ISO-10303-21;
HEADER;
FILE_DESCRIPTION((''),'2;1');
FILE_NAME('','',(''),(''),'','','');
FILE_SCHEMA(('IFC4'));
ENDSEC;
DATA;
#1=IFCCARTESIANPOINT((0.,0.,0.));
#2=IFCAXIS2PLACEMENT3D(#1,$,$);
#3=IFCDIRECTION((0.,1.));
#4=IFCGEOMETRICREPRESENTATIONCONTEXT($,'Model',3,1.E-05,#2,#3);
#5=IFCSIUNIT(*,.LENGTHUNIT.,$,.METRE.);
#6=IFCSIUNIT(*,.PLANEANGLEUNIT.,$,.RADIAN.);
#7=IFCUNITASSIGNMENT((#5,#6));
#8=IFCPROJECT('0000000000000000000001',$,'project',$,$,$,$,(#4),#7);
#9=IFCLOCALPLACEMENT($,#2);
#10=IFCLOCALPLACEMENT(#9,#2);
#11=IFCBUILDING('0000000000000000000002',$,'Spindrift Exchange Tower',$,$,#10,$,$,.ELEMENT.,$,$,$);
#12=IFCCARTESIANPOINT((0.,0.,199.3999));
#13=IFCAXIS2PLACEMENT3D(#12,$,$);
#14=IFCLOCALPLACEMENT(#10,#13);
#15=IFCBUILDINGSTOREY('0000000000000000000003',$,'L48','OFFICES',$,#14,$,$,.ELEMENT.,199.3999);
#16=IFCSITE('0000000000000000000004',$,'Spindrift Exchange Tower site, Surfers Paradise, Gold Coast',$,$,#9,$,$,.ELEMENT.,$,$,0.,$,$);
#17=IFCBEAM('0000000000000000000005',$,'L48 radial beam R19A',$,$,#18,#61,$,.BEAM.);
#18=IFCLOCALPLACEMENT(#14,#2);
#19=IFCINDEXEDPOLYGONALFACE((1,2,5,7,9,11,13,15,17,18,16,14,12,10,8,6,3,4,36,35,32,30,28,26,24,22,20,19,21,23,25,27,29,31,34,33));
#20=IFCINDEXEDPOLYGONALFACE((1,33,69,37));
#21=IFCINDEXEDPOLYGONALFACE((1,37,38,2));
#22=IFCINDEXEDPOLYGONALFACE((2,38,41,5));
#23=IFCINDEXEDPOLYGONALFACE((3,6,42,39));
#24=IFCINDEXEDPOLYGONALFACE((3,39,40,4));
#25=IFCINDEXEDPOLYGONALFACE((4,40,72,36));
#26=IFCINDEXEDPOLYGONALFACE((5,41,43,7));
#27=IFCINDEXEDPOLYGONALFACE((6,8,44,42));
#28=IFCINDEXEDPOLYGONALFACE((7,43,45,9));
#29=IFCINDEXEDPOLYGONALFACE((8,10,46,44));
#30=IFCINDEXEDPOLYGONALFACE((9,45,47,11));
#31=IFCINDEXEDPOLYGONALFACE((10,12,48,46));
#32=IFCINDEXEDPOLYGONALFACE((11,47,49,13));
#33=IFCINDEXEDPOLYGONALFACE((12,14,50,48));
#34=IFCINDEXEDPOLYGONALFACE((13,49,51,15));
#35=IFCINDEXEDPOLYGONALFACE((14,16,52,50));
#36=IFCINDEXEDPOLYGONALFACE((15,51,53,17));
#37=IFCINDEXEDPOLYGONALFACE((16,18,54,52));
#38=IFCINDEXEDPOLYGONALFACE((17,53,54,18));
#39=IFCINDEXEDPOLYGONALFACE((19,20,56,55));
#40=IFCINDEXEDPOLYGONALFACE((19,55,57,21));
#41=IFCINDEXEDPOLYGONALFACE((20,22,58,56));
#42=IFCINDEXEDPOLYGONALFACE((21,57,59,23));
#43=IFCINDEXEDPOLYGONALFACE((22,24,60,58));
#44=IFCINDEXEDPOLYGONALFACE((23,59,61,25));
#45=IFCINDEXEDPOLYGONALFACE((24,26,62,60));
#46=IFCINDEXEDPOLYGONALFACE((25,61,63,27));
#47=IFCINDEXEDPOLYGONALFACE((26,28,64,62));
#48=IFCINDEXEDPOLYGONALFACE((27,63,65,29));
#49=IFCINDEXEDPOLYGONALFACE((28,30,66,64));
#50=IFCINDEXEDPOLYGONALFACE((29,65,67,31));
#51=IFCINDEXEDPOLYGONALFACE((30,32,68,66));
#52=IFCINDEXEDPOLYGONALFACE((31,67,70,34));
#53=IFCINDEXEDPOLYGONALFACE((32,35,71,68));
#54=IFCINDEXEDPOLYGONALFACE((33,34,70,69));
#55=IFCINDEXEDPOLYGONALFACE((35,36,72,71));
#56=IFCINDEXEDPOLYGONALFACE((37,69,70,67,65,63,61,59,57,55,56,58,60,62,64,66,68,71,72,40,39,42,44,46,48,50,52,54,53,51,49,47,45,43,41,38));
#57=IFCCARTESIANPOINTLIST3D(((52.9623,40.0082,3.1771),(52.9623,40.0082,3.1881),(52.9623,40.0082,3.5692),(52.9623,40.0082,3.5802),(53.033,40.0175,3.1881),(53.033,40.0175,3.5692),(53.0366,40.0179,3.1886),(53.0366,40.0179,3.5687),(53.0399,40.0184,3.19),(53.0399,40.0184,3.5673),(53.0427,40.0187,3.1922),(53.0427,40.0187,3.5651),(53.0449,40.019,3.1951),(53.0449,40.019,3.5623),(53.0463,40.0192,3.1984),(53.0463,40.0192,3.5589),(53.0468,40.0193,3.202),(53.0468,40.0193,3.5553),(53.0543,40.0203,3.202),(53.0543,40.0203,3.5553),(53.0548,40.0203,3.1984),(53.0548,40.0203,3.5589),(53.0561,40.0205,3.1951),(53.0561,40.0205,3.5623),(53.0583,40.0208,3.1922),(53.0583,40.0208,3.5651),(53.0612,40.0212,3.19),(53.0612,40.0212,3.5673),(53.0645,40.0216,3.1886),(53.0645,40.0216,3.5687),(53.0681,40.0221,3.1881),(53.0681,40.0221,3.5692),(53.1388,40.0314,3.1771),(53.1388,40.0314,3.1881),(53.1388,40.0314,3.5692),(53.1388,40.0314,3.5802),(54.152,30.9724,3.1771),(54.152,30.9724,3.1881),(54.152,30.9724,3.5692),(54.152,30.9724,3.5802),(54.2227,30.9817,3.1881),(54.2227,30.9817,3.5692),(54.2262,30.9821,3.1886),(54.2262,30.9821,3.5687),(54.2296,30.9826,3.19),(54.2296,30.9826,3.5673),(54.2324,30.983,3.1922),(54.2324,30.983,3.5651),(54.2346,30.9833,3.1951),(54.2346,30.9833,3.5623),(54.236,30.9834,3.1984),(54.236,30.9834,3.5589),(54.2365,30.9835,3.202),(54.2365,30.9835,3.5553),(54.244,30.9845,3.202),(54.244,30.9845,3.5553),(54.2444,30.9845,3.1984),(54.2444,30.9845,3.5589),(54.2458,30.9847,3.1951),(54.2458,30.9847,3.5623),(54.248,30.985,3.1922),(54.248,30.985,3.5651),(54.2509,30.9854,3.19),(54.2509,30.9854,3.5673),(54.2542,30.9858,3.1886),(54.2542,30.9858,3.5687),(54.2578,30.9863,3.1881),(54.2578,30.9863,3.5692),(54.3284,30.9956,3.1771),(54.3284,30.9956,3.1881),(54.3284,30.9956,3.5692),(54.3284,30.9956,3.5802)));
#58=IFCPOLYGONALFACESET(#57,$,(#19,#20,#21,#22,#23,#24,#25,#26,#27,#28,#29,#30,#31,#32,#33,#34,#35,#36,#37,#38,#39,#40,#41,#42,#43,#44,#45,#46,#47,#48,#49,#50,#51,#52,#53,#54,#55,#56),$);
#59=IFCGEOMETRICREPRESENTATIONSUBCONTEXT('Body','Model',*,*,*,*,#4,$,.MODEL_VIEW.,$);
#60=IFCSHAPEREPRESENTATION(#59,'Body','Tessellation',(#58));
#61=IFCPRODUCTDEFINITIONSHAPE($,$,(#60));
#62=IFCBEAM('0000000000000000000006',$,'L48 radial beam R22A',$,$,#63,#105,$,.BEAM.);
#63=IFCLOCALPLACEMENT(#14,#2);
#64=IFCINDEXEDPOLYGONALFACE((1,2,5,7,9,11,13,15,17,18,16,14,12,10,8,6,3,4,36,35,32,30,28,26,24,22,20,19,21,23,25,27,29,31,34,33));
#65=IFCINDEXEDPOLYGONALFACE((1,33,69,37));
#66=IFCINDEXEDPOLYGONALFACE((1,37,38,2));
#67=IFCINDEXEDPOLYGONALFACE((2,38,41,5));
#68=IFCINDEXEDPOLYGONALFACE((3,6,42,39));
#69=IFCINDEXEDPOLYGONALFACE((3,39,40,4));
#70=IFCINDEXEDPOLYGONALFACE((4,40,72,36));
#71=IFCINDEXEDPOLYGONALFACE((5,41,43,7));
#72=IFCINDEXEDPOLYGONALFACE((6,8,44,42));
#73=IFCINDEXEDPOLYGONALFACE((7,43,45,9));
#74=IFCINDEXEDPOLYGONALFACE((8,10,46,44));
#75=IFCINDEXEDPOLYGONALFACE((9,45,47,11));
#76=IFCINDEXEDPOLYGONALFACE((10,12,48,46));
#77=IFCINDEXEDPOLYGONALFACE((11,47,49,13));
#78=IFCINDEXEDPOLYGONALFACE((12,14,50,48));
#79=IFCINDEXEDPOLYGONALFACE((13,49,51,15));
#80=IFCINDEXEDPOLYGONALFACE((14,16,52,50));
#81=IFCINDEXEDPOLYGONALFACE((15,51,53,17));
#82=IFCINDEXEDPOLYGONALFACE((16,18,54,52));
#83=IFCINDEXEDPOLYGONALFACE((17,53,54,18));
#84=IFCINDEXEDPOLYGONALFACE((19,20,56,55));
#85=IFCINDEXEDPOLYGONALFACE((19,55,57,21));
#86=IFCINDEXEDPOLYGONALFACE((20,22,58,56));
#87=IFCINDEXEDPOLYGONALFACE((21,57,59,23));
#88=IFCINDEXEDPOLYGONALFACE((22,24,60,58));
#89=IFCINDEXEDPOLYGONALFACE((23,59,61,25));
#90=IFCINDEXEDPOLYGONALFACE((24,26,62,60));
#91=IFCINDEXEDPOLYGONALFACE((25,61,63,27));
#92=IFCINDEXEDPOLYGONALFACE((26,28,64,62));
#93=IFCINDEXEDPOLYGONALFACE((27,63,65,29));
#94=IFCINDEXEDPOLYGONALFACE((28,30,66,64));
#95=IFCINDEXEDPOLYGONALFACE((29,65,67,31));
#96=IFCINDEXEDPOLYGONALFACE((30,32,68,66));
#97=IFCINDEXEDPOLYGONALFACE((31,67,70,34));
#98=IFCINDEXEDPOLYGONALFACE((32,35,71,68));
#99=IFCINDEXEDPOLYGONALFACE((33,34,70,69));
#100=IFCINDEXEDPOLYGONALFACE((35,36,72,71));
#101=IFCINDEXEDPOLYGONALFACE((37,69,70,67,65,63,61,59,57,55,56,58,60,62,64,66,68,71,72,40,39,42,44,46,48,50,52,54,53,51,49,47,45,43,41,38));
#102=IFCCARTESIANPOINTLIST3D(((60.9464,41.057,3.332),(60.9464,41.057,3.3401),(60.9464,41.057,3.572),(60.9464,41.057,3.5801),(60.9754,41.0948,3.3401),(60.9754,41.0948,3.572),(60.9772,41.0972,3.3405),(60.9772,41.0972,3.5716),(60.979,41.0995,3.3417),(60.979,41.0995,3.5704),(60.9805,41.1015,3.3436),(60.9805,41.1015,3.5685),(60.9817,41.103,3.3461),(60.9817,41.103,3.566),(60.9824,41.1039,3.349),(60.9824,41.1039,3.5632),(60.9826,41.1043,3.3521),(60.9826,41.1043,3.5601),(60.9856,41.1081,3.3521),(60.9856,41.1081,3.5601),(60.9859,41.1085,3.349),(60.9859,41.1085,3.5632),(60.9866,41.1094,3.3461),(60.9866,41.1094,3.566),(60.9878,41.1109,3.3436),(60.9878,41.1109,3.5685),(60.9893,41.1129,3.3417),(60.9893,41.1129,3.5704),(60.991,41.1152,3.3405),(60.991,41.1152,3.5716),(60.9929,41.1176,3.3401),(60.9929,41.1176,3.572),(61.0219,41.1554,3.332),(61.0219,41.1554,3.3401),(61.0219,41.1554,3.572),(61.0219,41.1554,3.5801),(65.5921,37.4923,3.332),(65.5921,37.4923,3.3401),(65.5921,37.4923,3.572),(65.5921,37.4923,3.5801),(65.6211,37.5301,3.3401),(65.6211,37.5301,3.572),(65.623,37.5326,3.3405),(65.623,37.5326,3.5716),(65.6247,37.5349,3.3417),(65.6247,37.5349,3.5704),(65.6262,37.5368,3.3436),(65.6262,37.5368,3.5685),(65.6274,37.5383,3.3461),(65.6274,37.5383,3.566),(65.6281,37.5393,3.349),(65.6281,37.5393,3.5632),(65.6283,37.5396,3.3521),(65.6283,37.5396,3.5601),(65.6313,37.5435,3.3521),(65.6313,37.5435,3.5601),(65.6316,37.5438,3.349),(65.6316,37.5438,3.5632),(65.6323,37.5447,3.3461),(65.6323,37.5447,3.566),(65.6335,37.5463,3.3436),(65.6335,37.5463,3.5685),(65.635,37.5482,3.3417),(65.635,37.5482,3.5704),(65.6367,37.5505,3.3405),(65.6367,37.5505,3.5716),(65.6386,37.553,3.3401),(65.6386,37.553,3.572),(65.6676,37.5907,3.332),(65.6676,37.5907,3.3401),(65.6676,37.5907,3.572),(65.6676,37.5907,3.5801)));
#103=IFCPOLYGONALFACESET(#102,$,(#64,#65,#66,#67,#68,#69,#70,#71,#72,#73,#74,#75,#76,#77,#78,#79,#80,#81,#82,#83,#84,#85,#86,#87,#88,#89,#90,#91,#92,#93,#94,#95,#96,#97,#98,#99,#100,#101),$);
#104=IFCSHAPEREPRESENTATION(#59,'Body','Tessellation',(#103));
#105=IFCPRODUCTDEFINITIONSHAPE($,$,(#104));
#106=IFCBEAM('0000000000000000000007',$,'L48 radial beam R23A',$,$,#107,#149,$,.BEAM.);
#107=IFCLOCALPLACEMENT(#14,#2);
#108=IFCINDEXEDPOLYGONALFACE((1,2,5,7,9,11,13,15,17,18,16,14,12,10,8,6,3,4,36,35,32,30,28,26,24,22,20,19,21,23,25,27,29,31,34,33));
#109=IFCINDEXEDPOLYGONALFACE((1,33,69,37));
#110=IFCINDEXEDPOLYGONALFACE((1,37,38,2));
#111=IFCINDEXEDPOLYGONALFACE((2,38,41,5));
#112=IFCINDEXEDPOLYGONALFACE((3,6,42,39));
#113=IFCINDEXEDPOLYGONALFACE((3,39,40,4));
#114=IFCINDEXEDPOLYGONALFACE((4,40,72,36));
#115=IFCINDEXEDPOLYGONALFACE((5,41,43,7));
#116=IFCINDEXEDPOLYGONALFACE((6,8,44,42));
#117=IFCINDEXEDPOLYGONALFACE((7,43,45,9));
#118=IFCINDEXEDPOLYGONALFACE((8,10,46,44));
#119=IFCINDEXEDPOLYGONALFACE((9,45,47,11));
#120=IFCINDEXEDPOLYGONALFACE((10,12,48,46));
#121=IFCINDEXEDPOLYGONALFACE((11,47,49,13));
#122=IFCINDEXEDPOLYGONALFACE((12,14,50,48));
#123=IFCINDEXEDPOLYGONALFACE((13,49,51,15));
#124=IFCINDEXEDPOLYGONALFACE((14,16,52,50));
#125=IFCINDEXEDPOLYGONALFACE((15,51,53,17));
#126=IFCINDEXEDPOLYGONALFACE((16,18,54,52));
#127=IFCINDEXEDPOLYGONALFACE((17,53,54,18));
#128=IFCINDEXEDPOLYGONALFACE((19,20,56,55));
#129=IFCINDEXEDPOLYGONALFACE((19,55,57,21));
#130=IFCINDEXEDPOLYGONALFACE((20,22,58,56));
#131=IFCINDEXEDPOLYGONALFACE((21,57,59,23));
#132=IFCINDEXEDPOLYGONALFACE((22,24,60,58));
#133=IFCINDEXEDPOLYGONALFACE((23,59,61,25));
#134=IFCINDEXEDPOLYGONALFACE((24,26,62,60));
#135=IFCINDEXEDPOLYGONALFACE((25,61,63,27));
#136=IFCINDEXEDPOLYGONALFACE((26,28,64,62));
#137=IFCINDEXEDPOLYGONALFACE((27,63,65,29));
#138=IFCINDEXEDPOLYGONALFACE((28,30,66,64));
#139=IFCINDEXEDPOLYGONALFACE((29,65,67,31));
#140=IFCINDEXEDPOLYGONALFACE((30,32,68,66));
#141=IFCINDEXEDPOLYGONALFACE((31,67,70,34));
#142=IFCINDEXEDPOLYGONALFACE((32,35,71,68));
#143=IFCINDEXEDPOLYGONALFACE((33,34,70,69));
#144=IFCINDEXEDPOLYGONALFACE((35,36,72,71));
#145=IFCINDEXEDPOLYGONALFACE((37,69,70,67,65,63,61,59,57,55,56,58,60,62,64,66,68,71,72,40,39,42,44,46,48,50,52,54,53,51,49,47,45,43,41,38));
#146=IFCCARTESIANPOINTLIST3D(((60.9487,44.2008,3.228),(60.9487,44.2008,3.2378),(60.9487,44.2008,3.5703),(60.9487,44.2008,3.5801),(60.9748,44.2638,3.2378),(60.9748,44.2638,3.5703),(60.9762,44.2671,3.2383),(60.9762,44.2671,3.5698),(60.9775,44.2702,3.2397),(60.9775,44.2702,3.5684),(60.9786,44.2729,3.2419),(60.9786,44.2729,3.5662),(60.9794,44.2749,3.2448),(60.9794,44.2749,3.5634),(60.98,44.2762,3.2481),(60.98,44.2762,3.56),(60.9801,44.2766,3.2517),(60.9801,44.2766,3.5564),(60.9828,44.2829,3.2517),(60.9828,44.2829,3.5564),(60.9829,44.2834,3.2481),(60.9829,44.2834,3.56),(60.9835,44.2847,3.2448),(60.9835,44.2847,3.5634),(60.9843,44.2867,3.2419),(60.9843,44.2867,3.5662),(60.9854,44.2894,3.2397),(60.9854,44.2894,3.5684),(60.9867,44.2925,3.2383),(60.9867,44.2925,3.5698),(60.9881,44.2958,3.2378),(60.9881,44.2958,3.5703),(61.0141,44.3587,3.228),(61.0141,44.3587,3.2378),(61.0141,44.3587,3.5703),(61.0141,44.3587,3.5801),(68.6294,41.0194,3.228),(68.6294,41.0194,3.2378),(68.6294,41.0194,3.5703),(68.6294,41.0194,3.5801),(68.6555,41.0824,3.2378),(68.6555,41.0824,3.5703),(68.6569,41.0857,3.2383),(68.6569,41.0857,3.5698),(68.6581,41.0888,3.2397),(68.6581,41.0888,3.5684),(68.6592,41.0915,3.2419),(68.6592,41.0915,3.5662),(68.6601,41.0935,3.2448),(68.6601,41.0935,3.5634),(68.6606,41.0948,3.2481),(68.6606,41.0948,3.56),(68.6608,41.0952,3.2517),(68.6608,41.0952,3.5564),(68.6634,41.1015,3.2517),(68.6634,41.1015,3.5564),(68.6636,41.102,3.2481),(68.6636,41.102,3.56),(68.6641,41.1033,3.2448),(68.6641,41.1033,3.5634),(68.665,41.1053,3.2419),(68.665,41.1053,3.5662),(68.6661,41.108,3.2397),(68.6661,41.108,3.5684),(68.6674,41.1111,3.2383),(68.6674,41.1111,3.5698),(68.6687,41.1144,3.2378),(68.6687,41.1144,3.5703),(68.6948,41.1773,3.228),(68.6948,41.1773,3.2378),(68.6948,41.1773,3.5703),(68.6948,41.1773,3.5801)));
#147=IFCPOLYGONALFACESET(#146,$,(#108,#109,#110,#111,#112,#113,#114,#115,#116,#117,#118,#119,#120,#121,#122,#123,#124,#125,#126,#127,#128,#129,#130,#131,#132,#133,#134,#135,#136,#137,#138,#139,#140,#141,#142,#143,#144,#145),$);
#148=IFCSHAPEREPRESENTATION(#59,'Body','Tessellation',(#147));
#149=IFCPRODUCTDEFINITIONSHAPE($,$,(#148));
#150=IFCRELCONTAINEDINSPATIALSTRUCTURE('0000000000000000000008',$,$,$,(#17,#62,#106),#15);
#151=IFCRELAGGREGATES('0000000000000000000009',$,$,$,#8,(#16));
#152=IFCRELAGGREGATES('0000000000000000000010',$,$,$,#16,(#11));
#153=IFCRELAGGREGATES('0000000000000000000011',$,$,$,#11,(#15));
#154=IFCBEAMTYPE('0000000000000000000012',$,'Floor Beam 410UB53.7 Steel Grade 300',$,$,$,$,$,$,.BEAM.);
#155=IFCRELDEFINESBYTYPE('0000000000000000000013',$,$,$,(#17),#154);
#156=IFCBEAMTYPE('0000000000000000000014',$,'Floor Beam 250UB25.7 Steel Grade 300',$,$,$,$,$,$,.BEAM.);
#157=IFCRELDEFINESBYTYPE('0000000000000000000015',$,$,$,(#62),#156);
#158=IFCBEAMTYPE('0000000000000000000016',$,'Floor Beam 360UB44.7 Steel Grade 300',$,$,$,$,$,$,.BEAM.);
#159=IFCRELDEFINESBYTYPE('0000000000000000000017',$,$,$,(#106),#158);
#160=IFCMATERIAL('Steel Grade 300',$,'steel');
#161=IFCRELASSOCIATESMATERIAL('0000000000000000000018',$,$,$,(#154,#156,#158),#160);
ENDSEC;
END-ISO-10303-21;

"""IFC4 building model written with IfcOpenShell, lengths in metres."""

from ifc_helpers import new_model, si_unit, direction, frame, origin, origin_2d, place, context, subcontext, project, spatial, i_section, extrude, source, transform, mapped, material, material_profile, profile_set, type_object, element, save


model = new_model("IFC4")

# Units and contexts
model_context = context("Model", 3, precision=1e-05, world=origin(), true_north=direction((0.0, 1.0)))
body_context = subcontext(model_context, "Body", "Model", "MODEL_VIEW")
ifc_project = project(units=[si_unit("LENGTHUNIT", "METRE"), si_unit("PLANEANGLEUNIT", "RADIAN")], contexts=[model_context])

# Site, building, storey
site_placement = place(None, origin())
site = spatial("IfcSite", under=ifc_project, at=site_placement, Name="Spindrift Exchange Tower site, Surfers Paradise, Gold Coast", CompositionType="ELEMENT", RefElevation=0.0)
building_placement = place(site_placement, origin())
building = spatial("IfcBuilding", under=site, at=building_placement, Name="Spindrift Exchange Tower", CompositionType="ELEMENT")
storey_placement = place(building_placement, frame((0.0, 0.0, 199.3999)))
storey = spatial("IfcBuildingStorey", under=building, at=storey_placement, Name="L48", Description="OFFICES", CompositionType="ELEMENT", Elevation=199.3999)

# Beams
ifc_material_1 = material(Name="Steel Grade 300", Category="steel")
ifc_material_profile_1 = material_profile(ifc_material_1, i_section(OverallWidth=0.178, OverallDepth=0.4031, WebThickness=0.0076, FlangeThickness=0.011, FilletRadius=0.0139, at=origin_2d()), Name="410UB53.7")
ifc_profile_set_1 = profile_set([ifc_material_profile_1], Name="Steel Grade 300")
beam_type_1 = type_object("IfcBeamType", Name="Floor Beam 410UB53.7 Steel Grade 300", PredefinedType="BEAM", material=ifc_profile_set_1)
shared_shape_1 = source(origin(), body_context, "Body", "SweptSolid", [
    extrude(i_section(OverallWidth=0.178, OverallDepth=0.4031, WebThickness=0.0076, FlangeThickness=0.011, FilletRadius=0.0139, at=origin_2d()), origin(), (0.0, 0.0, 1.0), 9.1138),
])
beam_1_placement = place(storey_placement, frame((53.0505, 40.0198, 3.3787), z_axis=(0.130537, -0.991443, 0.0), x_axis=(0.991443, 0.130537, 0.0)))
element("IfcBeam", 1, at=beam_1_placement, inside=storey, type_object=beam_type_1, Name="L48 radial beam R19A", PredefinedType="BEAM", context=body_context, shape_type="MappedRepresentation", body=[
    mapped(shared_shape_1, transform((0.0, 0.0, 0.0), scale=1.0)),
])
ifc_material_profile_2 = material_profile(ifc_material_1, i_section(OverallWidth=0.124, OverallDepth=0.248, WebThickness=0.0049, FlangeThickness=0.0081, FilletRadius=0.012, at=origin_2d()), Name="250UB25.7")
ifc_profile_set_2 = profile_set([ifc_material_profile_2], Name="Steel Grade 300")
beam_type_2 = type_object("IfcBeamType", Name="Floor Beam 250UB25.7 Steel Grade 300", PredefinedType="BEAM", material=ifc_profile_set_2)
shared_shape_2 = source(origin(), body_context, "Body", "SweptSolid", [
    extrude(i_section(OverallWidth=0.124, OverallDepth=0.248, WebThickness=0.0049, FlangeThickness=0.0081, FilletRadius=0.012, at=origin_2d()), origin(), (0.0, 0.0, 1.0), 5.8557),
])
beam_2_placement = place(storey_placement, frame((60.9841, 41.1062, 3.4561), z_axis=(0.793363, -0.608749, 0.0), x_axis=(0.608749, 0.793363, 0.0)))
element("IfcBeam", 2, at=beam_2_placement, inside=storey, type_object=beam_type_2, Name="L48 radial beam R22A", PredefinedType="BEAM", context=body_context, shape_type="MappedRepresentation", body=[
    mapped(shared_shape_2, transform((0.0, 0.0, 0.0), scale=1.0)),
])
ifc_material_profile_3 = material_profile(ifc_material_1, i_section(OverallWidth=0.1709, OverallDepth=0.3521, WebThickness=0.0068, FlangeThickness=0.0098, FilletRadius=0.0139, at=origin_2d()), Name="360UB44.7")
ifc_profile_set_3 = profile_set([ifc_material_profile_3], Name="Steel Grade 300")
beam_type_3 = type_object("IfcBeamType", Name="Floor Beam 360UB44.7 Steel Grade 300", PredefinedType="BEAM", material=ifc_profile_set_3)
shared_shape_3 = source(origin(), body_context, "Body", "SweptSolid", [
    extrude(i_section(OverallWidth=0.1709, OverallDepth=0.3521, WebThickness=0.0068, FlangeThickness=0.0098, FilletRadius=0.0139, at=origin_2d()), origin(), (0.0, 0.0, 1.0), 8.3135),
])
beam_3_placement = place(storey_placement, frame((60.9814, 44.2798, 3.4041), z_axis=(0.923881, -0.382679, 0.0), x_axis=(0.382679, 0.923881, 0.0)))
element("IfcBeam", 3, at=beam_3_placement, inside=storey, type_object=beam_type_3, Name="L48 radial beam R23A", PredefinedType="BEAM", context=body_context, shape_type="MappedRepresentation", body=[
    mapped(shared_shape_3, transform((0.0, 0.0, 0.0), scale=1.0)),
])

save(model, "model.ifc")
